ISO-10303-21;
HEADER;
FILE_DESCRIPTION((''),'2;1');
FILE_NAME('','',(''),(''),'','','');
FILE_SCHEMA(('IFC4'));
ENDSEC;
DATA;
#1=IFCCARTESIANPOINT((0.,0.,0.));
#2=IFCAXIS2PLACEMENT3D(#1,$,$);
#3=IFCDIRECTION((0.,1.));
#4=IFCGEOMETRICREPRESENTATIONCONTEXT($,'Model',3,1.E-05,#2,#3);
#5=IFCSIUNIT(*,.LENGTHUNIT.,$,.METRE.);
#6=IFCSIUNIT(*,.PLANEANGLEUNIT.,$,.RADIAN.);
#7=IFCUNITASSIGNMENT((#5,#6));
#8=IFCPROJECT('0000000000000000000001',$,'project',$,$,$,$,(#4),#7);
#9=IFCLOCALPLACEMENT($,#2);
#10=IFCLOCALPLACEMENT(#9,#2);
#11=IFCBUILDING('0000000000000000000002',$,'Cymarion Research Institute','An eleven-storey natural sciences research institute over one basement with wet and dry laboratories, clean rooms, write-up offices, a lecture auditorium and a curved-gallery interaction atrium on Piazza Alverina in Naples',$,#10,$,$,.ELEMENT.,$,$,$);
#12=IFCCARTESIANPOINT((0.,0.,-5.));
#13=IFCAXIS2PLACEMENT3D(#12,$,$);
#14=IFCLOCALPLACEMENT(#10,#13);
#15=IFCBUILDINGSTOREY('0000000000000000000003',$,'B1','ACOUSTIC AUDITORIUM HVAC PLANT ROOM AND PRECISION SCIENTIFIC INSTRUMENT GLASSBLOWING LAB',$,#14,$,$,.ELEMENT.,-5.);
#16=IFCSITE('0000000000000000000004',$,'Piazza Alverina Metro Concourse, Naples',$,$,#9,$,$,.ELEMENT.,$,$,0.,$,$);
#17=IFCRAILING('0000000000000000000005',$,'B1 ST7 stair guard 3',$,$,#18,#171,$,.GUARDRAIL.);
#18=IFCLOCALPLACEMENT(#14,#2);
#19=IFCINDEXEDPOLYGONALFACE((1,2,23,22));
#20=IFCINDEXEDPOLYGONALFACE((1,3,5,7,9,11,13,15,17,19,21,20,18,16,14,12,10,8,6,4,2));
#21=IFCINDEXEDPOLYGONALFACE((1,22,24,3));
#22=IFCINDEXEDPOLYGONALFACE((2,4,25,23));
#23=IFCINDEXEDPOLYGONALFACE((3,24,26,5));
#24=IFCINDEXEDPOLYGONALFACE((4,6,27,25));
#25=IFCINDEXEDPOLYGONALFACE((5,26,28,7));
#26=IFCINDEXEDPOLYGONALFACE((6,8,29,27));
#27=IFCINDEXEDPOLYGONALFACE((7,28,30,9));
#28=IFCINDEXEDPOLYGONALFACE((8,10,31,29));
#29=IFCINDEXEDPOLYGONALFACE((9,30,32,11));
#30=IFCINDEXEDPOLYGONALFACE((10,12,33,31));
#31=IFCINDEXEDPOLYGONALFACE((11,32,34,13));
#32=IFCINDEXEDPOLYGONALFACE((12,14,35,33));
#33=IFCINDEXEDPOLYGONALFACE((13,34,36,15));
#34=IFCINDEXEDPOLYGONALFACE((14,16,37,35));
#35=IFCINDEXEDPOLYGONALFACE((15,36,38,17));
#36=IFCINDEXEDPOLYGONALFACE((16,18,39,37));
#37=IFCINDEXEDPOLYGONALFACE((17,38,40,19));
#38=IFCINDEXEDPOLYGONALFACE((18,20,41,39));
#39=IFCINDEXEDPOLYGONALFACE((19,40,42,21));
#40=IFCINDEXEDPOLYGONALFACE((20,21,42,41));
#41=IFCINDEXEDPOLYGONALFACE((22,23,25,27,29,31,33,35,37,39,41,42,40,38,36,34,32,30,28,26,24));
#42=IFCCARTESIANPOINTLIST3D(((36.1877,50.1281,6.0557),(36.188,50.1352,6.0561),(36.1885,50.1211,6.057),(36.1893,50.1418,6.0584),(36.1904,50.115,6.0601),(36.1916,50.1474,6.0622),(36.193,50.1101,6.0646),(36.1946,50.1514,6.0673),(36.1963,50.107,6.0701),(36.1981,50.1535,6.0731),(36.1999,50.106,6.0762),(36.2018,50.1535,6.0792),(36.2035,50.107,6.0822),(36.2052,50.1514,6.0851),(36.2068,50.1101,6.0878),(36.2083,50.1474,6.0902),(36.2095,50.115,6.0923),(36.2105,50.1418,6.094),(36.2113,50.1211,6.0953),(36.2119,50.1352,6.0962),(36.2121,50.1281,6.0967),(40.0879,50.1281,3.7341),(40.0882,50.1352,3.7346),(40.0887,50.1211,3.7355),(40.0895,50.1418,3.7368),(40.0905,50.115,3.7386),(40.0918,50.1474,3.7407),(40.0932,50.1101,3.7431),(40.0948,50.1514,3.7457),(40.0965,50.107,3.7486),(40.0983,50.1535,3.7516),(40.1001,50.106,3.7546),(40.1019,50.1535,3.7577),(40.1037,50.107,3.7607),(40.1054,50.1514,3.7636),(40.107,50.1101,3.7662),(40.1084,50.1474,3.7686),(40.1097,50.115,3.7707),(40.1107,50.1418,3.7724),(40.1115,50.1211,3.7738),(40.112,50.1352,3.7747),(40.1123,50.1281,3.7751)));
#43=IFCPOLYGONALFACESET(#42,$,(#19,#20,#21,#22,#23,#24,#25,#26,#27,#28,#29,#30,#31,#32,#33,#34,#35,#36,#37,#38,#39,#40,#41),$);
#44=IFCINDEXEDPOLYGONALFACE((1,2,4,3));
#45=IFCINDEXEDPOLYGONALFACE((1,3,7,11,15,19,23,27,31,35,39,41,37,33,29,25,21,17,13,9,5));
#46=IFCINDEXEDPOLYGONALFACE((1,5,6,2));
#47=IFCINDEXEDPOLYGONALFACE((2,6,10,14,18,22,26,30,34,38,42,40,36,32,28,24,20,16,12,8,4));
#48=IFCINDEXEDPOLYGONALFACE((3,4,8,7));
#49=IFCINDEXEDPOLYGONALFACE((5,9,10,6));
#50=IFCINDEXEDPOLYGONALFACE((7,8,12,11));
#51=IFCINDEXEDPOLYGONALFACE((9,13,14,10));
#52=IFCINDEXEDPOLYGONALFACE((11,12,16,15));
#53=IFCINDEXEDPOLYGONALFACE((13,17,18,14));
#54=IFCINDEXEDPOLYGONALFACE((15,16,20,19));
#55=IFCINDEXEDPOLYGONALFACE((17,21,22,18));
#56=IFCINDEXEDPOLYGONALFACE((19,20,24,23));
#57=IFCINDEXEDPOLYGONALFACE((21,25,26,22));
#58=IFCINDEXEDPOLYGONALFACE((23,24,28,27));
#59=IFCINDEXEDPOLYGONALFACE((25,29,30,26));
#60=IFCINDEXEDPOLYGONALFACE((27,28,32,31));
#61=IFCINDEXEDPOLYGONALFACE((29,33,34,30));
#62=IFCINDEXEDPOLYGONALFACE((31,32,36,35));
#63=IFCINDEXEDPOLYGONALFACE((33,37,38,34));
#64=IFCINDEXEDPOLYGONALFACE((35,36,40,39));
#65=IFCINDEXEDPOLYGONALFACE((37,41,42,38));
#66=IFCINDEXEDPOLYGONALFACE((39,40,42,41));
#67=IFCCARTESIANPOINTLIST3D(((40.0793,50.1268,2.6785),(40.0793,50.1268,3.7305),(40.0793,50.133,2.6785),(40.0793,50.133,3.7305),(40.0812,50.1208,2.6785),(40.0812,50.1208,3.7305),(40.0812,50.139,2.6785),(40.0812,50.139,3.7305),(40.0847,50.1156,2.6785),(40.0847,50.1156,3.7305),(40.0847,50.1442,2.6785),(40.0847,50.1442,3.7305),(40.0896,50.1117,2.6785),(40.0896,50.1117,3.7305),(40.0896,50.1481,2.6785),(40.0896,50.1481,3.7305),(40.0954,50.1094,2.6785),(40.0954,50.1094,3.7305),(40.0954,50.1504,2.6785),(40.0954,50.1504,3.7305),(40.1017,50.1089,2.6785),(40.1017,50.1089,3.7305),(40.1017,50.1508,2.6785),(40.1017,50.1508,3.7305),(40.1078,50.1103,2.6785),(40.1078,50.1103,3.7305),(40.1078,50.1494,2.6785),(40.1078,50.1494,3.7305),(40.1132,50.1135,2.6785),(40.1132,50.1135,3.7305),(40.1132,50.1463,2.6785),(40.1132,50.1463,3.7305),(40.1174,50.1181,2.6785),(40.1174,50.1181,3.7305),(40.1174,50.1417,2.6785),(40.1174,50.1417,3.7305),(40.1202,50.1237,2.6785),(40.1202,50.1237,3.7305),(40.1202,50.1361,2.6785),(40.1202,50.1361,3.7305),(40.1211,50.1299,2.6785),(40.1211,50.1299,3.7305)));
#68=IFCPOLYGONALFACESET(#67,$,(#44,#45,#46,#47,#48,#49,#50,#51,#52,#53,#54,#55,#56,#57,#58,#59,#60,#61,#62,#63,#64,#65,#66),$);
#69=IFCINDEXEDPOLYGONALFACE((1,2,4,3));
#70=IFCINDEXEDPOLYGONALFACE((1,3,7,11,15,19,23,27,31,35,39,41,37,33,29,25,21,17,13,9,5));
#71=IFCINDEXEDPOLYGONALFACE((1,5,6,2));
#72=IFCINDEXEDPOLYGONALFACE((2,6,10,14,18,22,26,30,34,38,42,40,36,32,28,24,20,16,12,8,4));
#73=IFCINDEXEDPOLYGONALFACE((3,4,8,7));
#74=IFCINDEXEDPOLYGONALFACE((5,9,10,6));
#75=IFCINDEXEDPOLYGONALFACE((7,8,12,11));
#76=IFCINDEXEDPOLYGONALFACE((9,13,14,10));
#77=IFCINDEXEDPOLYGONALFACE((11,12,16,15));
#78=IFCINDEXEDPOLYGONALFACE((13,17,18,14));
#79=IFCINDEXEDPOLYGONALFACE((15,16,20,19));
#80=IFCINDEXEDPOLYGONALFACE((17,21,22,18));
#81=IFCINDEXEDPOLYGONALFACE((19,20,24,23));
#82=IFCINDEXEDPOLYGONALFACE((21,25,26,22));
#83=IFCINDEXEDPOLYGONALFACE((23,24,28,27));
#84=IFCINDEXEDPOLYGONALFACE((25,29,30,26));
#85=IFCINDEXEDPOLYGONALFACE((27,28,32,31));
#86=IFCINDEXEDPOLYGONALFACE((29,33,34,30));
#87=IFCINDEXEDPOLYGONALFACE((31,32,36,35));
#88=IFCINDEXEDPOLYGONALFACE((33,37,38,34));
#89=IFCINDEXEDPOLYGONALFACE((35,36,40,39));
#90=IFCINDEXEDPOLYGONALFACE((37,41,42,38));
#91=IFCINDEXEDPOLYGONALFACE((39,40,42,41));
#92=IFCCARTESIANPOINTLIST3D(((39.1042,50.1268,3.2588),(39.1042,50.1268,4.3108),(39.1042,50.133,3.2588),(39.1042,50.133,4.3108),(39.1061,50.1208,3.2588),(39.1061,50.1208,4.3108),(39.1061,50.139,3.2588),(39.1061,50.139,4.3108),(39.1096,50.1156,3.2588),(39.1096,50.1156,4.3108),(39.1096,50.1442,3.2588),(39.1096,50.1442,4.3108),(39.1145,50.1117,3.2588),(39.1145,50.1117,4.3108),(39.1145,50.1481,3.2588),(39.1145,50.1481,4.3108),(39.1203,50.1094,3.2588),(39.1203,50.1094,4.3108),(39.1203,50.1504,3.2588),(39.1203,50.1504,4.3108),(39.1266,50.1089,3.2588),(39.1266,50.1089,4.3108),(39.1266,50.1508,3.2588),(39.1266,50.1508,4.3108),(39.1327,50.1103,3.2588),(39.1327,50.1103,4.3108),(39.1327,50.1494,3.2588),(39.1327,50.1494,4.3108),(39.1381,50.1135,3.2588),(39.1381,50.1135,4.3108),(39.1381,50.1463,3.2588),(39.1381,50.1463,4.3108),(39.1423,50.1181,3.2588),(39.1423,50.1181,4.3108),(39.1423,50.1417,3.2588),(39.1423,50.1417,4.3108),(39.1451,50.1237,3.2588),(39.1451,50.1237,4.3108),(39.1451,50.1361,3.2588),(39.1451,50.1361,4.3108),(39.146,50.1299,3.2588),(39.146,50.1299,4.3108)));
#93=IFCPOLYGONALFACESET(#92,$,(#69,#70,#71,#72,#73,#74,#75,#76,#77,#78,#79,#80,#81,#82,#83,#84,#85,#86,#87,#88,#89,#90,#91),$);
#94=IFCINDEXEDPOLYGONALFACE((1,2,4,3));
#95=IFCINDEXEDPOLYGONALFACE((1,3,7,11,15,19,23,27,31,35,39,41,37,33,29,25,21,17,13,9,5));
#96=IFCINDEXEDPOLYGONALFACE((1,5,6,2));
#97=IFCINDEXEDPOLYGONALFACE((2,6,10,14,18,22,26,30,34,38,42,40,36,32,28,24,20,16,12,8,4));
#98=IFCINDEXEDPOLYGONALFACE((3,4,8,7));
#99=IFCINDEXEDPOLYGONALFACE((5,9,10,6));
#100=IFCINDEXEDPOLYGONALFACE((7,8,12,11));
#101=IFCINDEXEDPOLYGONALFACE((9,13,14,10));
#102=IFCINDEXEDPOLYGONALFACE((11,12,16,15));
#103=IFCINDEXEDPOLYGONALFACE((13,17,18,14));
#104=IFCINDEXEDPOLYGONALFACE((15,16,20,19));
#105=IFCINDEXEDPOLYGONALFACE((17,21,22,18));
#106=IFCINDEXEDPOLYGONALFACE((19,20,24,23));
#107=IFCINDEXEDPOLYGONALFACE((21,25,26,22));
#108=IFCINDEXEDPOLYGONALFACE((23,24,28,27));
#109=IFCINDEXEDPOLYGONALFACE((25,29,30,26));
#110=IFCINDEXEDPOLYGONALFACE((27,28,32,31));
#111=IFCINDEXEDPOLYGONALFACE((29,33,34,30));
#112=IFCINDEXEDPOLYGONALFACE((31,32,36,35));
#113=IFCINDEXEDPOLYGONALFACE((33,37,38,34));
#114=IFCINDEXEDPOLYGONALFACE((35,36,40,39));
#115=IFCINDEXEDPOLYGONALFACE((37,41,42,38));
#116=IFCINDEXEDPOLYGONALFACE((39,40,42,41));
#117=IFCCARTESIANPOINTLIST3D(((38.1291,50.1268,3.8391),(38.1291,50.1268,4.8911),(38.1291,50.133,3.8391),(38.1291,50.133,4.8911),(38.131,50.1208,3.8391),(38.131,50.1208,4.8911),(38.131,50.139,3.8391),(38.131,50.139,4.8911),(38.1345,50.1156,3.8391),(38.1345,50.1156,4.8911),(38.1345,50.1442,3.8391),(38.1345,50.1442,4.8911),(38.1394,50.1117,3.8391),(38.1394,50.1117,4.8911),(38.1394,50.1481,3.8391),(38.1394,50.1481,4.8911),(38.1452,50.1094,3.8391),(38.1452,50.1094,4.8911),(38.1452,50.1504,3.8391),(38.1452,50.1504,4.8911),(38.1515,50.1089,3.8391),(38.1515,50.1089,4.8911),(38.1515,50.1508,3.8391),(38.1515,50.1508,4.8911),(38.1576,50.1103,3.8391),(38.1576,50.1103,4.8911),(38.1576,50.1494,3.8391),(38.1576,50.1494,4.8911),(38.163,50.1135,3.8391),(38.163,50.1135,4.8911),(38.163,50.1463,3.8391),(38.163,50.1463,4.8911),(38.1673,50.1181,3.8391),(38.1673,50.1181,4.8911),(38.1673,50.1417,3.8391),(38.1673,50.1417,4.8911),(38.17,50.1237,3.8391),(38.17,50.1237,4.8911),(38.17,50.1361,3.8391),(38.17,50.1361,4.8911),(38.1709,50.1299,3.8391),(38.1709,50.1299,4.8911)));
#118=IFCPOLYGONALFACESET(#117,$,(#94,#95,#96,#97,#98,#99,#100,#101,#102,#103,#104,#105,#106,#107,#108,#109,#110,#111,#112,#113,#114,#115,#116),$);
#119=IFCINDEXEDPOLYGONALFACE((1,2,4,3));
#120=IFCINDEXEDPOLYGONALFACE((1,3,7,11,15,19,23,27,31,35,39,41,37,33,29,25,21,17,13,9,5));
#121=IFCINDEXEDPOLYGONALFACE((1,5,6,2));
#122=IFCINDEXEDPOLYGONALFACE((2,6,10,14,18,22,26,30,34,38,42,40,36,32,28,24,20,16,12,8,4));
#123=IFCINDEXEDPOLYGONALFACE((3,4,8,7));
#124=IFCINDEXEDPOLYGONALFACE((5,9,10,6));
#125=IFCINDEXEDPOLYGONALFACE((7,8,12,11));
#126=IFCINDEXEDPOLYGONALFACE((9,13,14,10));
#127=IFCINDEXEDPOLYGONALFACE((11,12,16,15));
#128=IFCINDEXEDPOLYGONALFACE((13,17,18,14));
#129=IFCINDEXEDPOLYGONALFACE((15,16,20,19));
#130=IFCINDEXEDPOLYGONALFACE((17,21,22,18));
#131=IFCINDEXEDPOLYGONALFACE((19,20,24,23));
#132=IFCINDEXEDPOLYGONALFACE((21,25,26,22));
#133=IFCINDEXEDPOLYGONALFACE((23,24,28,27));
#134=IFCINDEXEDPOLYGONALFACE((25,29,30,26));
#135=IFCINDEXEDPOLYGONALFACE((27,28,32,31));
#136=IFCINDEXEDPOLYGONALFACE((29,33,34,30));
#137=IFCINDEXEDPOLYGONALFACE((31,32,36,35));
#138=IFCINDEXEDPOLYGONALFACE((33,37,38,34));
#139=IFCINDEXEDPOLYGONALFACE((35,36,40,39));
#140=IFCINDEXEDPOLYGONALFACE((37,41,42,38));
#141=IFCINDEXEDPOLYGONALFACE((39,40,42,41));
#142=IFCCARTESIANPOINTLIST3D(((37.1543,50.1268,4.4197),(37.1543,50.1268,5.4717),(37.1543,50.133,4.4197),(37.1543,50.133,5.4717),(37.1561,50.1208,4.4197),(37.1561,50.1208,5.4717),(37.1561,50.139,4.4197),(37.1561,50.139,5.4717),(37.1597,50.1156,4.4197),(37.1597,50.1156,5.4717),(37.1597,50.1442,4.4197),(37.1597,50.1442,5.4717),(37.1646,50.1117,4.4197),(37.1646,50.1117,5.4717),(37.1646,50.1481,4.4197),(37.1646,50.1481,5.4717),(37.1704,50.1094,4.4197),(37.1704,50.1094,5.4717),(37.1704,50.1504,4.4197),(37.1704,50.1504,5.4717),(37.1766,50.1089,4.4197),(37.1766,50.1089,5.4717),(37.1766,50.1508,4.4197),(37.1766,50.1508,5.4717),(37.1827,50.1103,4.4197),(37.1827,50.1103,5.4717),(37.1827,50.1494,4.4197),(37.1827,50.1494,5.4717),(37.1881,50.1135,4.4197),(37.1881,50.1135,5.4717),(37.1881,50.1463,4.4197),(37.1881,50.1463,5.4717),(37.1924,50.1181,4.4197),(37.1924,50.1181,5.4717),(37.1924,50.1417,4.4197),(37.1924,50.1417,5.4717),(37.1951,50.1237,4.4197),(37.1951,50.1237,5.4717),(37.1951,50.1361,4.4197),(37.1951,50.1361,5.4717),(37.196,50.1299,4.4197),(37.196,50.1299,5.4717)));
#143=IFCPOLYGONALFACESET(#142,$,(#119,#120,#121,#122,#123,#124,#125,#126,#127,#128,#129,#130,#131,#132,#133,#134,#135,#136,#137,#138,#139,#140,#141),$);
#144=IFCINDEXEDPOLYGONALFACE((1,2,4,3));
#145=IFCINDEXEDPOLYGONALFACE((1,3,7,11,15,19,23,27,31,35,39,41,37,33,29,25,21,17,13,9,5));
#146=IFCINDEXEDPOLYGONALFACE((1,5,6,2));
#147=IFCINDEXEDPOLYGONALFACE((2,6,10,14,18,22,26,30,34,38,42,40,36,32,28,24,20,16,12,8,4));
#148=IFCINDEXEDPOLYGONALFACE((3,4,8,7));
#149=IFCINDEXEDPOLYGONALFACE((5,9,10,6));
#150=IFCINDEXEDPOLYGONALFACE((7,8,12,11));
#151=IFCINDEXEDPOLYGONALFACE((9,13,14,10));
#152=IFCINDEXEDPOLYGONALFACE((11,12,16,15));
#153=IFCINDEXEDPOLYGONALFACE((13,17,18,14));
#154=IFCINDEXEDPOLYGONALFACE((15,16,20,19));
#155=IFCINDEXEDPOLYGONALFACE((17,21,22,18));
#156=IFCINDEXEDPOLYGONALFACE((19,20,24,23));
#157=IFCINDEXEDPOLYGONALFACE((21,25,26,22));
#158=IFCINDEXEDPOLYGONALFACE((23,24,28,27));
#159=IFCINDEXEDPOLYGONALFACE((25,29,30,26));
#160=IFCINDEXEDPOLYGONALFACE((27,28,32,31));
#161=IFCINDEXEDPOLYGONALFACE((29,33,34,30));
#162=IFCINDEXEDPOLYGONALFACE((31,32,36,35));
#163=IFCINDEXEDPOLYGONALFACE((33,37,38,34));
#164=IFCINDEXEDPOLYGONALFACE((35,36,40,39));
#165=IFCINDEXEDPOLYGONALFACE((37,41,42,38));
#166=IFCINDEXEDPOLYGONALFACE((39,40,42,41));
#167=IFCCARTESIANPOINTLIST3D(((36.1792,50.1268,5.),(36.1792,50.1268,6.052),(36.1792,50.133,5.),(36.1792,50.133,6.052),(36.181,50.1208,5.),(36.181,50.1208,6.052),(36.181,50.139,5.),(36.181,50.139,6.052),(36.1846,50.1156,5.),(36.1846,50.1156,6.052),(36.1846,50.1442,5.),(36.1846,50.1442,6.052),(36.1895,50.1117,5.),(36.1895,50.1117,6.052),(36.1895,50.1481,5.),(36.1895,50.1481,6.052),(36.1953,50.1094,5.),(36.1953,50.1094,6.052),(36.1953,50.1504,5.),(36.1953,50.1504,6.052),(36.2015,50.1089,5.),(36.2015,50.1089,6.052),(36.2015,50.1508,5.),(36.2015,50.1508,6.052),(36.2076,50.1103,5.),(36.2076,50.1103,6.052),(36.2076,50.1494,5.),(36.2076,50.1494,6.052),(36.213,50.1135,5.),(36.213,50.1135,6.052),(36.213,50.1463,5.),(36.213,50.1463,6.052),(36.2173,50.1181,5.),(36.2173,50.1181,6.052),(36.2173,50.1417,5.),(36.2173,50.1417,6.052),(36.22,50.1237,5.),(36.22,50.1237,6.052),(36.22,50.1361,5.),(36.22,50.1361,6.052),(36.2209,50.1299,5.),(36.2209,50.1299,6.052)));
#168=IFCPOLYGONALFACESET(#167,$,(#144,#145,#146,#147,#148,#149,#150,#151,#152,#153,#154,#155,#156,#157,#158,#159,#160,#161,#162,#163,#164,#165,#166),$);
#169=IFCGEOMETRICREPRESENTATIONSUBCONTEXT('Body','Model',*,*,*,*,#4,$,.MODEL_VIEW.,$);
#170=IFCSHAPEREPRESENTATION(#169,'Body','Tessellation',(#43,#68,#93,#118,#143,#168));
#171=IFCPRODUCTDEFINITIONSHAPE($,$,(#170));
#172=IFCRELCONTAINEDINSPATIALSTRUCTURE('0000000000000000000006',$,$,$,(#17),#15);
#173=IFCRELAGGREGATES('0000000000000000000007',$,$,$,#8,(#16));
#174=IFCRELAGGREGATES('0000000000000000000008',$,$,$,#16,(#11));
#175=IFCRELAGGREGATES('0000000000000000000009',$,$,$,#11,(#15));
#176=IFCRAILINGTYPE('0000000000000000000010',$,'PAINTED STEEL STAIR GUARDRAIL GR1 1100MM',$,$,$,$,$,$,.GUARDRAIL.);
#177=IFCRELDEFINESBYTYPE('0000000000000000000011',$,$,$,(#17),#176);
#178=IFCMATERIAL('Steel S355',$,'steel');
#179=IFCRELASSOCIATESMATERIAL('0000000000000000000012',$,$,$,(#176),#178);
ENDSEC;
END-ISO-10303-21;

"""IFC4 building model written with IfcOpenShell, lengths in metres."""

from ifc_helpers import new_model, si_unit, direction, frame, origin, origin_2d, place, context, subcontext, project, spatial, circle, extrude, material, type_object, element, save


model = new_model("IFC4")

# Units and contexts
model_context = context("Model", 3, precision=1e-05, world=origin(), true_north=direction((0.0, 1.0)))
body_context = subcontext(model_context, "Body", "Model", "MODEL_VIEW")
ifc_project = project(units=[si_unit("LENGTHUNIT", "METRE"), si_unit("PLANEANGLEUNIT", "RADIAN")], contexts=[model_context])

# Site, building, storey
site_placement = place(None, origin())
site = spatial("IfcSite", under=ifc_project, at=site_placement, Name="Piazza Alverina Metro Concourse, Naples", CompositionType="ELEMENT", RefElevation=0.0)
building_placement = place(site_placement, origin())
building = spatial("IfcBuilding", under=site, at=building_placement, Name="Cymarion Research Institute", Description="An eleven-storey natural sciences research institute over one basement with wet and dry laboratories, clean rooms, write-up offices, a lecture auditorium and a curved-gallery interaction atrium on Piazza Alverina in Naples", CompositionType="ELEMENT")
storey_placement = place(building_placement, frame((0.0, 0.0, -5.0)))
storey = spatial("IfcBuildingStorey", under=building, at=storey_placement, Name="B1", Description="ACOUSTIC AUDITORIUM HVAC PLANT ROOM AND PRECISION SCIENTIFIC INSTRUMENT GLASSBLOWING LAB", CompositionType="ELEMENT", Elevation=-5.0)

# Railing
ifc_material_1 = material(Name="Steel S355", Category="steel")
railing_type_1 = type_object("IfcRailingType", Name="PAINTED STEEL STAIR GUARDRAIL GR1 1100MM", PredefinedType="GUARDRAIL", material=ifc_material_1)
railing_1_placement = place(storey_placement, frame((40.1001, 50.1299, 2.6785)))
element("IfcRailing", 1, at=railing_1_placement, inside=storey, type_object=railing_type_1, Name="B1 ST7 stair guard 3", PredefinedType="GUARDRAIL", context=body_context, shape_type="SweptSolid", body=[
    extrude(circle(Radius=0.0239, at=origin_2d()), frame((0.0, 0.0, 1.0762), z_axis=(-0.859291, 0.0, 0.511487), x_axis=(0.0, -1.0, 0.0)), (0.0, 0.0, 1.0), 4.5388),
    extrude(circle(Radius=0.021, at=origin_2d()), origin(), (0.0, 0.0, 1.0), 1.052),
    extrude(circle(Radius=0.021, at=origin_2d()), frame((-0.9751, 0.0, 0.5803)), (0.0, 0.0, 1.0), 1.052),
    extrude(circle(Radius=0.021, at=origin_2d()), frame((-1.9502, 0.0, 1.1606)), (0.0, 0.0, 1.0), 1.052),
    extrude(circle(Radius=0.021, at=origin_2d()), frame((-2.925, 0.0, 1.7412)), (0.0, 0.0, 1.0), 1.052),
    extrude(circle(Radius=0.021, at=origin_2d()), frame((-3.9001, 0.0, 2.3215)), (0.0, 0.0, 1.0), 1.052),
])

save(model, "model.ifc")
